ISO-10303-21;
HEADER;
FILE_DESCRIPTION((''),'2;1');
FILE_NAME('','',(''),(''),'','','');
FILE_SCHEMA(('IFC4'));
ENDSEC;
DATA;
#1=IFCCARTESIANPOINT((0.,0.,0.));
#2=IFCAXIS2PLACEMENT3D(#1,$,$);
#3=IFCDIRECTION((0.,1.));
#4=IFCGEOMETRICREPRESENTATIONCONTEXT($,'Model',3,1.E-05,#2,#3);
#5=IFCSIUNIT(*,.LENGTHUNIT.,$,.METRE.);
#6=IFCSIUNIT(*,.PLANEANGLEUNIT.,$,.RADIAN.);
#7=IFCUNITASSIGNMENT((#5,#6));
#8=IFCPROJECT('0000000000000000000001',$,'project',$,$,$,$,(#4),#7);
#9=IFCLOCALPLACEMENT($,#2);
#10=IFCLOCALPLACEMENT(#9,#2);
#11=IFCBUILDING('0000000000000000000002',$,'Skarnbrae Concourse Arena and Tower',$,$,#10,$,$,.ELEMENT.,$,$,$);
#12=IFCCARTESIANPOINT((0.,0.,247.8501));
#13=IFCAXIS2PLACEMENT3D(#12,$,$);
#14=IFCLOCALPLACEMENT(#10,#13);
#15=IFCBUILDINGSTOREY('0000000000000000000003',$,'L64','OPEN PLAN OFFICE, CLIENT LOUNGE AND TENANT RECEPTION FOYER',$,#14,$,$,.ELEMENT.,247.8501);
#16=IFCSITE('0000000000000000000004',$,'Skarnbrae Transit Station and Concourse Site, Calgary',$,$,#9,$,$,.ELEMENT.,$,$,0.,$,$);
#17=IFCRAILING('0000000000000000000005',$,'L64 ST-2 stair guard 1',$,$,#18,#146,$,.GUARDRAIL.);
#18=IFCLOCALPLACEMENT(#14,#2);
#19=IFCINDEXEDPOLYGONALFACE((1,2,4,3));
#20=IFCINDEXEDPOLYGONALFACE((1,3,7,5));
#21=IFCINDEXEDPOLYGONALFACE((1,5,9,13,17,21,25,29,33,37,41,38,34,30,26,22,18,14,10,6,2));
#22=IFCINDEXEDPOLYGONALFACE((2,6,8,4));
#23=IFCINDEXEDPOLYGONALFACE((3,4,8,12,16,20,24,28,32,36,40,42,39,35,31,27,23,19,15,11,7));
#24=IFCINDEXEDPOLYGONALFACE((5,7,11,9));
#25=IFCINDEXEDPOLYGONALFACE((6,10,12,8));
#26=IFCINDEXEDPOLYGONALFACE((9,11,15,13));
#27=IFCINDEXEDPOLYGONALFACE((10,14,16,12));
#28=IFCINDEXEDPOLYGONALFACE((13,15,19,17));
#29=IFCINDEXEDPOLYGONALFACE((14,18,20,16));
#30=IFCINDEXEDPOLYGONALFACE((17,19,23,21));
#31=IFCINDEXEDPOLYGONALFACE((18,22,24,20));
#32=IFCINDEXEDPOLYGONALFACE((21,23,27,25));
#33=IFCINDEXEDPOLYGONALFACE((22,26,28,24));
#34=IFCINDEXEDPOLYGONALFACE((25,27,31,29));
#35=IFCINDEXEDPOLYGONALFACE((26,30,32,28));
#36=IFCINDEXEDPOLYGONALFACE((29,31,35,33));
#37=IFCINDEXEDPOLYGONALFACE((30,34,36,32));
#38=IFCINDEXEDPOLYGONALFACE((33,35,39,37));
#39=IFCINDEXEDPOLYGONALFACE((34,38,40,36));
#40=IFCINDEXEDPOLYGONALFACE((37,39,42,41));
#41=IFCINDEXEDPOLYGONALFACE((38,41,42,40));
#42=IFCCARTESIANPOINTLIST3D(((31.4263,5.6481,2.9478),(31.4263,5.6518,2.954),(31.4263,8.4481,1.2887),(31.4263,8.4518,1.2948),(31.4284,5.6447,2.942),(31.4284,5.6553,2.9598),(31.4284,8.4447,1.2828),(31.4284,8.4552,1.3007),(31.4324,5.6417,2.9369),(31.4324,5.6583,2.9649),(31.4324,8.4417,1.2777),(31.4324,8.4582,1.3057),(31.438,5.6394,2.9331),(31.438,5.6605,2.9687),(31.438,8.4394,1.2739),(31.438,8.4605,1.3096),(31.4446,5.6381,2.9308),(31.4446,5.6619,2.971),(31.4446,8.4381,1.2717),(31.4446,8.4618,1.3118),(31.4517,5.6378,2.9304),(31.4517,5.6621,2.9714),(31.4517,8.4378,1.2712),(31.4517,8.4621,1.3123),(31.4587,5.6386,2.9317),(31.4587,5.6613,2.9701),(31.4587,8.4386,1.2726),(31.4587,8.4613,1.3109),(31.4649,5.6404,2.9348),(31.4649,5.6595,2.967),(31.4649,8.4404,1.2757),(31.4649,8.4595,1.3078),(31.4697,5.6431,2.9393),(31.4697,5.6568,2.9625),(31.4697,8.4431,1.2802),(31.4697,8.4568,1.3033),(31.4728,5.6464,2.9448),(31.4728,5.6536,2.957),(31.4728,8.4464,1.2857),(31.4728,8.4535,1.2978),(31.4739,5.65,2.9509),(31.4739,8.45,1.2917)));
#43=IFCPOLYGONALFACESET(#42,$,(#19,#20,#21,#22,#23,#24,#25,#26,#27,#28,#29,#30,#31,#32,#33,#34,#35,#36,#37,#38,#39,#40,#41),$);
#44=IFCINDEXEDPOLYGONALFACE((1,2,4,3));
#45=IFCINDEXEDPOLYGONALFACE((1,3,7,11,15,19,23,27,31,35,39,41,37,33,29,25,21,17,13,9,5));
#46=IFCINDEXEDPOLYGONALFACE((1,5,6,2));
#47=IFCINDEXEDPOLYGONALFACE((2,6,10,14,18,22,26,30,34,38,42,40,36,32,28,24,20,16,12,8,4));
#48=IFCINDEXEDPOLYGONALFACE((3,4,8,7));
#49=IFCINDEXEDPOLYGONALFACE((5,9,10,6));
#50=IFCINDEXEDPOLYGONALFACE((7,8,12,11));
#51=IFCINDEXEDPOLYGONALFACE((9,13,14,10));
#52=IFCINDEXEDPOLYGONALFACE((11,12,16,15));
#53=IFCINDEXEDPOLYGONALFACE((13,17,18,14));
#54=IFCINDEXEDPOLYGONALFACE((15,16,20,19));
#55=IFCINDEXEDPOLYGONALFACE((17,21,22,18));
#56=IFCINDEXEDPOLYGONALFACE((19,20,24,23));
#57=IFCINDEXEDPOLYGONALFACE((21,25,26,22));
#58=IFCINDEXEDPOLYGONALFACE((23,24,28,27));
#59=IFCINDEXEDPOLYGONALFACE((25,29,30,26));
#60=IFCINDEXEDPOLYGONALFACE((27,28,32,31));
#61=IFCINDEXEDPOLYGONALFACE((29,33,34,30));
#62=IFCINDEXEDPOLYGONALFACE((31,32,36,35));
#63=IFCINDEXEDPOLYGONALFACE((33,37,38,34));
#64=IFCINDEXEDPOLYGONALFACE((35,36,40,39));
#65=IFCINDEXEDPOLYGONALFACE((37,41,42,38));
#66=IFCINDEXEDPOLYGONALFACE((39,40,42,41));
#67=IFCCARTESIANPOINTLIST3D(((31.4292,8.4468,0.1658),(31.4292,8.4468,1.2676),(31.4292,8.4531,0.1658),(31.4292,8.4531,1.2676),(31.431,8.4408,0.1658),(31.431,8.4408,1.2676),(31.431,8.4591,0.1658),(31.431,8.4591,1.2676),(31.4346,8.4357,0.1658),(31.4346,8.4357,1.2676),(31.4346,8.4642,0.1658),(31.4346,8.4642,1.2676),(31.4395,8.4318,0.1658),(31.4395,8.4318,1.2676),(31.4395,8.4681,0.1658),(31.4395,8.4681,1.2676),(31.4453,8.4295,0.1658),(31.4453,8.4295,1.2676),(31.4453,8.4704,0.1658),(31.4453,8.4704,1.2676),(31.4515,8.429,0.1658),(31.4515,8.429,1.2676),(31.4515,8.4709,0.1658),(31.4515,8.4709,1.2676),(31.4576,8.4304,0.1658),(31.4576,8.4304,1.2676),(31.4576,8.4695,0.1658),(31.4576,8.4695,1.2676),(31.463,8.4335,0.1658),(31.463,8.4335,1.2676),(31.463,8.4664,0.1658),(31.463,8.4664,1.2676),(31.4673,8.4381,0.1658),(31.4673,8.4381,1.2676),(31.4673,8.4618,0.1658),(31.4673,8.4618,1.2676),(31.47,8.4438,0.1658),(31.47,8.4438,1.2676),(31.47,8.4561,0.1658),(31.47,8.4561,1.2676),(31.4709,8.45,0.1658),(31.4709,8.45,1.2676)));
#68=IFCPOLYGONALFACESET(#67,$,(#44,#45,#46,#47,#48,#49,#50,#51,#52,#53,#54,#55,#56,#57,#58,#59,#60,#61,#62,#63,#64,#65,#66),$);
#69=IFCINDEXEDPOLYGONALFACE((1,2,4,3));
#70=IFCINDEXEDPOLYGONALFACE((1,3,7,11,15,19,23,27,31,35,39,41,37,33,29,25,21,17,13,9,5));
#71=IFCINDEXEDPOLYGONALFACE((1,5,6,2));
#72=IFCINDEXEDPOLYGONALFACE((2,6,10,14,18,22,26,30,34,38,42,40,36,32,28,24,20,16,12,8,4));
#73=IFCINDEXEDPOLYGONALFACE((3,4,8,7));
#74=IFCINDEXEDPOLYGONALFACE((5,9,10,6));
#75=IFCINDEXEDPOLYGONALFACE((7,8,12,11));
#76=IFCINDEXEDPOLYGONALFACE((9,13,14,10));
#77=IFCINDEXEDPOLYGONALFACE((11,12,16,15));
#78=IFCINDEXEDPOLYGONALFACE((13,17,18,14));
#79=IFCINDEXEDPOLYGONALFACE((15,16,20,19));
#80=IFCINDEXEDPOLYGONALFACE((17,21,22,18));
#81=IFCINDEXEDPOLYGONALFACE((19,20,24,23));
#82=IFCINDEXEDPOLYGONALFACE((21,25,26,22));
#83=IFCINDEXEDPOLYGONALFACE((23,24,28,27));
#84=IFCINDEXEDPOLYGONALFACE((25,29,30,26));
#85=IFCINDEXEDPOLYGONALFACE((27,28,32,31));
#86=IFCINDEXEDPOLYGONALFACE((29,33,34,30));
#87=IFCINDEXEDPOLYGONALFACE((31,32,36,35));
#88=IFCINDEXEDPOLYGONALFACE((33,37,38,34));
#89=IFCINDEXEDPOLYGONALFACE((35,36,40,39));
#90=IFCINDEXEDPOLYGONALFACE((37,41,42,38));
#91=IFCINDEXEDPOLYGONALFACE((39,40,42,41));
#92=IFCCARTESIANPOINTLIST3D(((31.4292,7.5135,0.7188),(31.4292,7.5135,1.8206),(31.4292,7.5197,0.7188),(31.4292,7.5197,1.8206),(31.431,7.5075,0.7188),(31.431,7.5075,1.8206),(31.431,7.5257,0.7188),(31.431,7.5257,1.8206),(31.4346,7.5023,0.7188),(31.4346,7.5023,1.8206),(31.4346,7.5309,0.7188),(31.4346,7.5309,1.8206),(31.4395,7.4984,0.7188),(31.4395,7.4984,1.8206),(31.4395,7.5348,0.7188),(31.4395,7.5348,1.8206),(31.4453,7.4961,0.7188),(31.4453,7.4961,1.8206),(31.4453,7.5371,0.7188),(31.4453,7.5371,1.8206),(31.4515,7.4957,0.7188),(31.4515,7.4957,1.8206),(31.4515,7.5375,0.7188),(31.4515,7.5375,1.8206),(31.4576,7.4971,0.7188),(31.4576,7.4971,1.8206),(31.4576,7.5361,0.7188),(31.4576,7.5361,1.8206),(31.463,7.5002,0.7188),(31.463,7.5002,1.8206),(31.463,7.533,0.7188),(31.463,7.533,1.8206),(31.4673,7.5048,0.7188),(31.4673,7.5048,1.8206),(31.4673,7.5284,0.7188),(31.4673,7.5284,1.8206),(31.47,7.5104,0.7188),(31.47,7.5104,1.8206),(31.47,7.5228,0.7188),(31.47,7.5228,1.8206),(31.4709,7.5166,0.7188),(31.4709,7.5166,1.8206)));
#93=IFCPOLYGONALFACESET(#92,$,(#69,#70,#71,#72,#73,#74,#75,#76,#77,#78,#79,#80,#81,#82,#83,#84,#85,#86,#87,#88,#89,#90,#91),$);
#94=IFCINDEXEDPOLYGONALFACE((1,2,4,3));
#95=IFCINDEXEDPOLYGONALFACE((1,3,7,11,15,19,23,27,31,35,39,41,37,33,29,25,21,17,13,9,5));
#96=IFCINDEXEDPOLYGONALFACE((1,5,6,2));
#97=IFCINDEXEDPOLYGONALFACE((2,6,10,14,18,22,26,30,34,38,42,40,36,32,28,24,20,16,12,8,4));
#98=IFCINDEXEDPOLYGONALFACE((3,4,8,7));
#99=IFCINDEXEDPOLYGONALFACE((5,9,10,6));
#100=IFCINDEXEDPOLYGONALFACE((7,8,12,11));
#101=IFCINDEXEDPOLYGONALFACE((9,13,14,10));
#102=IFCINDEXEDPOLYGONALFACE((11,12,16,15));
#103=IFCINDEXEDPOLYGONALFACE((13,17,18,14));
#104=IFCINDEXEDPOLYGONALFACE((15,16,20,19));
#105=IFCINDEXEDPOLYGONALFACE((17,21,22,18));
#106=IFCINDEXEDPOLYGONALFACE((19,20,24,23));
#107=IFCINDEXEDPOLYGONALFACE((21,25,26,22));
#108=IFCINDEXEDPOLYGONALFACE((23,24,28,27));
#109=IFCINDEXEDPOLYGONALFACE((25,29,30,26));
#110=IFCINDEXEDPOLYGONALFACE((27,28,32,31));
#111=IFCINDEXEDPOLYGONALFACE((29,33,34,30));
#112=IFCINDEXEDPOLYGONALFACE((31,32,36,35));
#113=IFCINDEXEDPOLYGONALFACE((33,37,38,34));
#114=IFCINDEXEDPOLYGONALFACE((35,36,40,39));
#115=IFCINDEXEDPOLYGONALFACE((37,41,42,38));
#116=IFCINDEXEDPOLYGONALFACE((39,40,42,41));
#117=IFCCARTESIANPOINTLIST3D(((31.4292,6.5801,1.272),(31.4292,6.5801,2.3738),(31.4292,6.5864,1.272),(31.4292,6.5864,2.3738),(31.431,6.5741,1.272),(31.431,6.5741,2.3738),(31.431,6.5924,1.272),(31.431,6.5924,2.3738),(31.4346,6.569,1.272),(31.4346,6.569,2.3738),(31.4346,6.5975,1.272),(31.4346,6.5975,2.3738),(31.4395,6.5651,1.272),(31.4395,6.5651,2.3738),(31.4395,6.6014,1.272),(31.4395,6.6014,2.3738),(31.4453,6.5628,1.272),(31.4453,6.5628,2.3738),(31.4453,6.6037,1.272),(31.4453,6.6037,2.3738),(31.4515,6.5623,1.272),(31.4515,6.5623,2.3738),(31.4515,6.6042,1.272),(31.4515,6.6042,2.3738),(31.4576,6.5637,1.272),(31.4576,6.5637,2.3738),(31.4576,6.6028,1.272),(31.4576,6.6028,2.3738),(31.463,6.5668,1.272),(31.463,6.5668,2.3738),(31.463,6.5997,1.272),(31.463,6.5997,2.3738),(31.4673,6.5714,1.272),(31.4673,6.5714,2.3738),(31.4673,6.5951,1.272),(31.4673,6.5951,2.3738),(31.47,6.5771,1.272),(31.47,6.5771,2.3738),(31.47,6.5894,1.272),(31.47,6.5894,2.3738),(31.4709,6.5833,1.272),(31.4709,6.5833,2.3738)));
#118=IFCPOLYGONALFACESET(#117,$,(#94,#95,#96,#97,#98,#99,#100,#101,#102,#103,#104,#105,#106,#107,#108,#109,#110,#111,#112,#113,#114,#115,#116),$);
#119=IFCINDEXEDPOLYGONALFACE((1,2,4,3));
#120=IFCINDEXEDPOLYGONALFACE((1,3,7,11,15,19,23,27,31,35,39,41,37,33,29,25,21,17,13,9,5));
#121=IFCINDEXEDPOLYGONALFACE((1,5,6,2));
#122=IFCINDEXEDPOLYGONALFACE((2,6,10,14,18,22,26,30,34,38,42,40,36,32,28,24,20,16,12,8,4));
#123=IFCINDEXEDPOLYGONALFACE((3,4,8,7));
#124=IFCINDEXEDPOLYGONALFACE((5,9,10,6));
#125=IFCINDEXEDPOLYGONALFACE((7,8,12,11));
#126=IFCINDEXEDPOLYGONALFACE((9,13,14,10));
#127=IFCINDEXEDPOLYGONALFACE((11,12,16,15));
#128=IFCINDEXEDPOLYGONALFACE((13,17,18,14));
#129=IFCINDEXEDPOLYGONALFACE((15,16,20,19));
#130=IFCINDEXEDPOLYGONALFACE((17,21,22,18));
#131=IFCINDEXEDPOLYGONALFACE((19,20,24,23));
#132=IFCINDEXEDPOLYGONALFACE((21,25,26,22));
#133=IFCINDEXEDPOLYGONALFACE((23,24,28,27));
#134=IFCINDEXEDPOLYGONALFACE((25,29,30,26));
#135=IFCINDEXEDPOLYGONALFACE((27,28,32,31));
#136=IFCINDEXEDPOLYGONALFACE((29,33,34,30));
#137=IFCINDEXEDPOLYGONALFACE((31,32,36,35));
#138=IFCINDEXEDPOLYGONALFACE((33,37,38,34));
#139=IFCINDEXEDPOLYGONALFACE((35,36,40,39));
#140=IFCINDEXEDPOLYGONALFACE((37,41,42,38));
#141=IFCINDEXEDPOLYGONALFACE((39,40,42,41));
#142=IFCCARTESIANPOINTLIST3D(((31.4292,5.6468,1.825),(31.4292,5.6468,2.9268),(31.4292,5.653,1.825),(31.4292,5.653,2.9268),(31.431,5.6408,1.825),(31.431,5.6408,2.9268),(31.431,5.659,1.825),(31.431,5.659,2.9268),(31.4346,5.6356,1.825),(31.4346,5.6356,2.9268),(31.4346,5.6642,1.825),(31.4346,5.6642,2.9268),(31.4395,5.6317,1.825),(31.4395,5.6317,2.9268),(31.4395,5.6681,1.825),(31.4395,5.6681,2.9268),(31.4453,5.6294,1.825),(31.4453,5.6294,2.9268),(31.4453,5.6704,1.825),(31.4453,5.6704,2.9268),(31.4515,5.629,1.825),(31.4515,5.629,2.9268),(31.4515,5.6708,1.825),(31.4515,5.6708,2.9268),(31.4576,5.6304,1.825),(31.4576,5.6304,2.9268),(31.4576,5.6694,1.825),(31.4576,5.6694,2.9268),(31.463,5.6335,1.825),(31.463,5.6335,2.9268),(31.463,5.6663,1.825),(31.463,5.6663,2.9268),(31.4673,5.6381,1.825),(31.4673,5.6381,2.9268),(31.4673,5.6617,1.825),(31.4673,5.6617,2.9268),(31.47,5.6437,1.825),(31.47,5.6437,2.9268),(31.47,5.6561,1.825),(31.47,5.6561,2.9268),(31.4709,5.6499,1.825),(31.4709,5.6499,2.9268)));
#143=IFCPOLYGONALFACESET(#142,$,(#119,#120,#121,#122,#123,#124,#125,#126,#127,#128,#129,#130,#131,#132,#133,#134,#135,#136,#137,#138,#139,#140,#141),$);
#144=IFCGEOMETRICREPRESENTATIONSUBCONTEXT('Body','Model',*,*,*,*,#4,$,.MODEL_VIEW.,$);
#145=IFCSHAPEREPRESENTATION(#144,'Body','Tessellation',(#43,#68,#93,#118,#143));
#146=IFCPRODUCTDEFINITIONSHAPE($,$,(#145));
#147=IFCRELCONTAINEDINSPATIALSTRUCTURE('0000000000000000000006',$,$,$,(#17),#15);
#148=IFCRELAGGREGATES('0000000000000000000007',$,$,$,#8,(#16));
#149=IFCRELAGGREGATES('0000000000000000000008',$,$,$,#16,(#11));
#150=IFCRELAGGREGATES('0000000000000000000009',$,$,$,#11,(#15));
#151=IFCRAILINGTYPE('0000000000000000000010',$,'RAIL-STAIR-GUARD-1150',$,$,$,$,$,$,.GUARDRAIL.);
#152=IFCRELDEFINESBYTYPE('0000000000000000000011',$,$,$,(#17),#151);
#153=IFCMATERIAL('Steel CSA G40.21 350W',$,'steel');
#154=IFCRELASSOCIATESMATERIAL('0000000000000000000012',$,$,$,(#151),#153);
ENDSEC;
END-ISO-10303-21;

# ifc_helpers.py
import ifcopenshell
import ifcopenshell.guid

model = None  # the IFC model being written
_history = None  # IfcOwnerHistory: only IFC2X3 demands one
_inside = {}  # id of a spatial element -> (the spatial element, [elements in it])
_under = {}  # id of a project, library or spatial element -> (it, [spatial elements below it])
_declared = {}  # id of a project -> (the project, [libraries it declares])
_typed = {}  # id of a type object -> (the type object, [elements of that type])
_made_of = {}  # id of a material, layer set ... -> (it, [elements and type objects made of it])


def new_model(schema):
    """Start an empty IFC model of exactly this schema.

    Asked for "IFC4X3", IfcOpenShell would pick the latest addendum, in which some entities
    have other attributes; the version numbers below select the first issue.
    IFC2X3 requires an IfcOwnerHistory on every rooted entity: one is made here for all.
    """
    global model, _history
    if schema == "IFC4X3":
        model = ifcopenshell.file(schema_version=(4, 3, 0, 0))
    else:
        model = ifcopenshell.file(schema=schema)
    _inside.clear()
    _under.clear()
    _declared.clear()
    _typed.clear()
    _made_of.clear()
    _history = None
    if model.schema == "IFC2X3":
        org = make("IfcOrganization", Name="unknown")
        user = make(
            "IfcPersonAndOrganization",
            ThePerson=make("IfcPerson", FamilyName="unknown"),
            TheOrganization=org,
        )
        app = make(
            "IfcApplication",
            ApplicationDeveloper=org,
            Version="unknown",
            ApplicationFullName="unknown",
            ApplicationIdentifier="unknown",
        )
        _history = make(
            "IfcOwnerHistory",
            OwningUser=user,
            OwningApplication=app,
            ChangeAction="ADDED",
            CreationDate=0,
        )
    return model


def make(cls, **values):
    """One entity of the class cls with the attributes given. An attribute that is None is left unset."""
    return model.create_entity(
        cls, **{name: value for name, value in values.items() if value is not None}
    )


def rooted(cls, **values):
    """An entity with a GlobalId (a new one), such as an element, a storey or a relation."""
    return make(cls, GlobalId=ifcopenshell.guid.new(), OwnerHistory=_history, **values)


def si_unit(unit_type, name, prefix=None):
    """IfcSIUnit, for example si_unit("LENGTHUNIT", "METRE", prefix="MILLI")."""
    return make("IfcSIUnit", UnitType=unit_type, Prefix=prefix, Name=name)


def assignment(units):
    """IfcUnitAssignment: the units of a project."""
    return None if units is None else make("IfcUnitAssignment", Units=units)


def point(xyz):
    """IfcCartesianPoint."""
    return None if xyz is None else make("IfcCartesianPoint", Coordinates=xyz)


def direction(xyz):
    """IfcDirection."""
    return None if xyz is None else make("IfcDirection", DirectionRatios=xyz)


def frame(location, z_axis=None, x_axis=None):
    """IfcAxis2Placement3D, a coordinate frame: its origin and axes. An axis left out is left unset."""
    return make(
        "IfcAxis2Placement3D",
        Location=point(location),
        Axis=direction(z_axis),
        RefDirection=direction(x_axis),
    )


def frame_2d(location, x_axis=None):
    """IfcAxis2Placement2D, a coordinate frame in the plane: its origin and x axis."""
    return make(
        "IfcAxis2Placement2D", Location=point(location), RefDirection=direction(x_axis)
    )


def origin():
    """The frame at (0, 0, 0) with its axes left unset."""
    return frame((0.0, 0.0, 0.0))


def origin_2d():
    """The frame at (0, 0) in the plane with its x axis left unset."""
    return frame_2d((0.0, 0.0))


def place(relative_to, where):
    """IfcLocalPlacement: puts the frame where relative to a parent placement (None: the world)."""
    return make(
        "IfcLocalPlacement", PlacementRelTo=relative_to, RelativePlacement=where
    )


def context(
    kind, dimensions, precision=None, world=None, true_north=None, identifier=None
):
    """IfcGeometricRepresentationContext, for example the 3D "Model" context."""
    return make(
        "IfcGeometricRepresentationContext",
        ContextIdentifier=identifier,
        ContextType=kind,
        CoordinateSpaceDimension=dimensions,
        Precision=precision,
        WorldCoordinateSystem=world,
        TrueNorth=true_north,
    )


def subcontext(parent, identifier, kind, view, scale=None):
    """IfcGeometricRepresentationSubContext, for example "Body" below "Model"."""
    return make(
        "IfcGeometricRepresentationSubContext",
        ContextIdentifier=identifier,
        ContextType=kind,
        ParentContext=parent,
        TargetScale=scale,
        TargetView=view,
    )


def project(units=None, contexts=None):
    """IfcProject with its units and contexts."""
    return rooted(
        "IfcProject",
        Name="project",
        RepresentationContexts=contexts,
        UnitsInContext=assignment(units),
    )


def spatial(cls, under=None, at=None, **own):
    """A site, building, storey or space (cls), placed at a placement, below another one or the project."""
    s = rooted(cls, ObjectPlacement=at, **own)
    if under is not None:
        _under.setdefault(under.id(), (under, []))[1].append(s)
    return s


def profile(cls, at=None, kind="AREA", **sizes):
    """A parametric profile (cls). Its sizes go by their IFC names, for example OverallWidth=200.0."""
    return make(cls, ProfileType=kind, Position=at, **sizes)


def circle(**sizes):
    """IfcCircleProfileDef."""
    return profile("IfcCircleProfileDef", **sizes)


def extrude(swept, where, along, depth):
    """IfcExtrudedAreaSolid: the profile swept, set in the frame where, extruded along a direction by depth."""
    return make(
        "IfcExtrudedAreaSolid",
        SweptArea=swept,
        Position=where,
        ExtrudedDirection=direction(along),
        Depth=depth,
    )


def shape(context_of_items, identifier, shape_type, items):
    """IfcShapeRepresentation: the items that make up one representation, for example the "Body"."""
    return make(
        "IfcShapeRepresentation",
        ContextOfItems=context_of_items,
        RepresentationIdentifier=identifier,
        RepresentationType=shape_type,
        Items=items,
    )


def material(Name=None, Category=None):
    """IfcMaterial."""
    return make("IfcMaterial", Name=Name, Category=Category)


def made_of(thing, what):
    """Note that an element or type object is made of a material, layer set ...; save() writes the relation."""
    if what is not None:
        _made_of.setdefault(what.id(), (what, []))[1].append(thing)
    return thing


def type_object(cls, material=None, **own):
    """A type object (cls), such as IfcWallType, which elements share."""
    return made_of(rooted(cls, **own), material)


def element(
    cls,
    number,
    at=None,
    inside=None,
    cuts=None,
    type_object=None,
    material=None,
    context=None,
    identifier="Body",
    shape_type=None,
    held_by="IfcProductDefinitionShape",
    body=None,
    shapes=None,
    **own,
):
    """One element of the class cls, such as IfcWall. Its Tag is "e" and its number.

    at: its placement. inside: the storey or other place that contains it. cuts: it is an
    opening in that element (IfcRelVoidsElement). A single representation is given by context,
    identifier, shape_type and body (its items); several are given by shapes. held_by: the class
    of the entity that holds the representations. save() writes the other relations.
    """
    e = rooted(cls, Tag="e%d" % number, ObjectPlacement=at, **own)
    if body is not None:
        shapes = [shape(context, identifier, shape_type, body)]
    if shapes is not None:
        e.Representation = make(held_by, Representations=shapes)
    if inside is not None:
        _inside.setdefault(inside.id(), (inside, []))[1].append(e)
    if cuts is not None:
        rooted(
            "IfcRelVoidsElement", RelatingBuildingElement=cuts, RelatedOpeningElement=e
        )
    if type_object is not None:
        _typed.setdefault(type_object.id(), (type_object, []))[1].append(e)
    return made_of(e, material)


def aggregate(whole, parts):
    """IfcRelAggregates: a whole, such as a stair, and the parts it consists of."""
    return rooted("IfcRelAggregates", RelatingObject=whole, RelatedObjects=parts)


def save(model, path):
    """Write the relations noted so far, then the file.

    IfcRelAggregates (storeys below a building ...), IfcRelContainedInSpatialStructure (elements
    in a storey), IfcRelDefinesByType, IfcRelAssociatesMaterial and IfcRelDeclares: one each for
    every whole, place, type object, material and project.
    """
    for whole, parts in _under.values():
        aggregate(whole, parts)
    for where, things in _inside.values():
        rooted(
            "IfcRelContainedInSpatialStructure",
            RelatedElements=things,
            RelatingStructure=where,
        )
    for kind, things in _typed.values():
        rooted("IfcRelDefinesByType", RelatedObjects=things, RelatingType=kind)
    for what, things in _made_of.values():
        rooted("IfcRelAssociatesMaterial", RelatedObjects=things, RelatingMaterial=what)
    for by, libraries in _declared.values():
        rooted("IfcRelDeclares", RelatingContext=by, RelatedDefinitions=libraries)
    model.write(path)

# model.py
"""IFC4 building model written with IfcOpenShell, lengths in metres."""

from ifc_helpers import new_model, si_unit, direction, frame, origin, origin_2d, place, context, subcontext, project, spatial, circle, extrude, material, type_object, element, save


model = new_model("IFC4")

# Units and contexts
model_context = context("Model", 3, precision=1e-05, world=origin(), true_north=direction((0.0, 1.0)))
body_context = subcontext(model_context, "Body", "Model", "MODEL_VIEW")
ifc_project = project(units=[si_unit("LENGTHUNIT", "METRE"), si_unit("PLANEANGLEUNIT", "RADIAN")], contexts=[model_context])

# Site, building, storey
site_placement = place(None, origin())
site = spatial("IfcSite", under=ifc_project, at=site_placement, Name="Skarnbrae Transit Station and Concourse Site, Calgary", CompositionType="ELEMENT", RefElevation=0.0)
building_placement = place(site_placement, origin())
building = spatial("IfcBuilding", under=site, at=building_placement, Name="Skarnbrae Concourse Arena and Tower", CompositionType="ELEMENT")
storey_placement = place(building_placement, frame((0.0, 0.0, 247.8501)))
storey = spatial("IfcBuildingStorey", under=building, at=storey_placement, Name="L64", Description="OPEN PLAN OFFICE, CLIENT LOUNGE AND TENANT RECEPTION FOYER", CompositionType="ELEMENT", Elevation=247.8501)

# Shared definitions
ifc_material_1 = material(Name="Steel CSA G40.21 350W", Category="steel")

# Railing
railing_type = type_object("IfcRailingType", Name="RAIL-STAIR-GUARD-1150", PredefinedType="GUARDRAIL", material=ifc_material_1)
railing_1_placement = place(storey_placement, frame((31.45, 8.45, 0.1658)))
element("IfcRailing", 1, at=railing_1_placement, inside=storey, type_object=railing_type, Name="L64 ST-2 stair guard 1", PredefinedType="GUARDRAIL", context=body_context, shape_type="SweptSolid", body=[
    extrude(circle(Radius=0.0239, at=origin_2d()), frame((0.0, 0.0, 1.126), z_axis=(0.0, -0.860306, 0.509778), x_axis=(1.0, 0.0, 0.0)), (0.0, 0.0, 1.0), 3.2546),
    extrude(circle(Radius=0.021, at=origin_2d()), origin(), (0.0, 0.0, 1.0), 1.1018),
    extrude(circle(Radius=0.021, at=origin_2d()), frame((0.0, -0.9333, 0.553)), (0.0, 0.0, 1.0), 1.1018),
    extrude(circle(Radius=0.021, at=origin_2d()), frame((0.0, -1.8667, 1.1062)), (0.0, 0.0, 1.0), 1.1018),
    extrude(circle(Radius=0.021, at=origin_2d()), frame((0.0, -2.8, 1.6592)), (0.0, 0.0, 1.0), 1.1018),
])

save(model, "model.ifc")
